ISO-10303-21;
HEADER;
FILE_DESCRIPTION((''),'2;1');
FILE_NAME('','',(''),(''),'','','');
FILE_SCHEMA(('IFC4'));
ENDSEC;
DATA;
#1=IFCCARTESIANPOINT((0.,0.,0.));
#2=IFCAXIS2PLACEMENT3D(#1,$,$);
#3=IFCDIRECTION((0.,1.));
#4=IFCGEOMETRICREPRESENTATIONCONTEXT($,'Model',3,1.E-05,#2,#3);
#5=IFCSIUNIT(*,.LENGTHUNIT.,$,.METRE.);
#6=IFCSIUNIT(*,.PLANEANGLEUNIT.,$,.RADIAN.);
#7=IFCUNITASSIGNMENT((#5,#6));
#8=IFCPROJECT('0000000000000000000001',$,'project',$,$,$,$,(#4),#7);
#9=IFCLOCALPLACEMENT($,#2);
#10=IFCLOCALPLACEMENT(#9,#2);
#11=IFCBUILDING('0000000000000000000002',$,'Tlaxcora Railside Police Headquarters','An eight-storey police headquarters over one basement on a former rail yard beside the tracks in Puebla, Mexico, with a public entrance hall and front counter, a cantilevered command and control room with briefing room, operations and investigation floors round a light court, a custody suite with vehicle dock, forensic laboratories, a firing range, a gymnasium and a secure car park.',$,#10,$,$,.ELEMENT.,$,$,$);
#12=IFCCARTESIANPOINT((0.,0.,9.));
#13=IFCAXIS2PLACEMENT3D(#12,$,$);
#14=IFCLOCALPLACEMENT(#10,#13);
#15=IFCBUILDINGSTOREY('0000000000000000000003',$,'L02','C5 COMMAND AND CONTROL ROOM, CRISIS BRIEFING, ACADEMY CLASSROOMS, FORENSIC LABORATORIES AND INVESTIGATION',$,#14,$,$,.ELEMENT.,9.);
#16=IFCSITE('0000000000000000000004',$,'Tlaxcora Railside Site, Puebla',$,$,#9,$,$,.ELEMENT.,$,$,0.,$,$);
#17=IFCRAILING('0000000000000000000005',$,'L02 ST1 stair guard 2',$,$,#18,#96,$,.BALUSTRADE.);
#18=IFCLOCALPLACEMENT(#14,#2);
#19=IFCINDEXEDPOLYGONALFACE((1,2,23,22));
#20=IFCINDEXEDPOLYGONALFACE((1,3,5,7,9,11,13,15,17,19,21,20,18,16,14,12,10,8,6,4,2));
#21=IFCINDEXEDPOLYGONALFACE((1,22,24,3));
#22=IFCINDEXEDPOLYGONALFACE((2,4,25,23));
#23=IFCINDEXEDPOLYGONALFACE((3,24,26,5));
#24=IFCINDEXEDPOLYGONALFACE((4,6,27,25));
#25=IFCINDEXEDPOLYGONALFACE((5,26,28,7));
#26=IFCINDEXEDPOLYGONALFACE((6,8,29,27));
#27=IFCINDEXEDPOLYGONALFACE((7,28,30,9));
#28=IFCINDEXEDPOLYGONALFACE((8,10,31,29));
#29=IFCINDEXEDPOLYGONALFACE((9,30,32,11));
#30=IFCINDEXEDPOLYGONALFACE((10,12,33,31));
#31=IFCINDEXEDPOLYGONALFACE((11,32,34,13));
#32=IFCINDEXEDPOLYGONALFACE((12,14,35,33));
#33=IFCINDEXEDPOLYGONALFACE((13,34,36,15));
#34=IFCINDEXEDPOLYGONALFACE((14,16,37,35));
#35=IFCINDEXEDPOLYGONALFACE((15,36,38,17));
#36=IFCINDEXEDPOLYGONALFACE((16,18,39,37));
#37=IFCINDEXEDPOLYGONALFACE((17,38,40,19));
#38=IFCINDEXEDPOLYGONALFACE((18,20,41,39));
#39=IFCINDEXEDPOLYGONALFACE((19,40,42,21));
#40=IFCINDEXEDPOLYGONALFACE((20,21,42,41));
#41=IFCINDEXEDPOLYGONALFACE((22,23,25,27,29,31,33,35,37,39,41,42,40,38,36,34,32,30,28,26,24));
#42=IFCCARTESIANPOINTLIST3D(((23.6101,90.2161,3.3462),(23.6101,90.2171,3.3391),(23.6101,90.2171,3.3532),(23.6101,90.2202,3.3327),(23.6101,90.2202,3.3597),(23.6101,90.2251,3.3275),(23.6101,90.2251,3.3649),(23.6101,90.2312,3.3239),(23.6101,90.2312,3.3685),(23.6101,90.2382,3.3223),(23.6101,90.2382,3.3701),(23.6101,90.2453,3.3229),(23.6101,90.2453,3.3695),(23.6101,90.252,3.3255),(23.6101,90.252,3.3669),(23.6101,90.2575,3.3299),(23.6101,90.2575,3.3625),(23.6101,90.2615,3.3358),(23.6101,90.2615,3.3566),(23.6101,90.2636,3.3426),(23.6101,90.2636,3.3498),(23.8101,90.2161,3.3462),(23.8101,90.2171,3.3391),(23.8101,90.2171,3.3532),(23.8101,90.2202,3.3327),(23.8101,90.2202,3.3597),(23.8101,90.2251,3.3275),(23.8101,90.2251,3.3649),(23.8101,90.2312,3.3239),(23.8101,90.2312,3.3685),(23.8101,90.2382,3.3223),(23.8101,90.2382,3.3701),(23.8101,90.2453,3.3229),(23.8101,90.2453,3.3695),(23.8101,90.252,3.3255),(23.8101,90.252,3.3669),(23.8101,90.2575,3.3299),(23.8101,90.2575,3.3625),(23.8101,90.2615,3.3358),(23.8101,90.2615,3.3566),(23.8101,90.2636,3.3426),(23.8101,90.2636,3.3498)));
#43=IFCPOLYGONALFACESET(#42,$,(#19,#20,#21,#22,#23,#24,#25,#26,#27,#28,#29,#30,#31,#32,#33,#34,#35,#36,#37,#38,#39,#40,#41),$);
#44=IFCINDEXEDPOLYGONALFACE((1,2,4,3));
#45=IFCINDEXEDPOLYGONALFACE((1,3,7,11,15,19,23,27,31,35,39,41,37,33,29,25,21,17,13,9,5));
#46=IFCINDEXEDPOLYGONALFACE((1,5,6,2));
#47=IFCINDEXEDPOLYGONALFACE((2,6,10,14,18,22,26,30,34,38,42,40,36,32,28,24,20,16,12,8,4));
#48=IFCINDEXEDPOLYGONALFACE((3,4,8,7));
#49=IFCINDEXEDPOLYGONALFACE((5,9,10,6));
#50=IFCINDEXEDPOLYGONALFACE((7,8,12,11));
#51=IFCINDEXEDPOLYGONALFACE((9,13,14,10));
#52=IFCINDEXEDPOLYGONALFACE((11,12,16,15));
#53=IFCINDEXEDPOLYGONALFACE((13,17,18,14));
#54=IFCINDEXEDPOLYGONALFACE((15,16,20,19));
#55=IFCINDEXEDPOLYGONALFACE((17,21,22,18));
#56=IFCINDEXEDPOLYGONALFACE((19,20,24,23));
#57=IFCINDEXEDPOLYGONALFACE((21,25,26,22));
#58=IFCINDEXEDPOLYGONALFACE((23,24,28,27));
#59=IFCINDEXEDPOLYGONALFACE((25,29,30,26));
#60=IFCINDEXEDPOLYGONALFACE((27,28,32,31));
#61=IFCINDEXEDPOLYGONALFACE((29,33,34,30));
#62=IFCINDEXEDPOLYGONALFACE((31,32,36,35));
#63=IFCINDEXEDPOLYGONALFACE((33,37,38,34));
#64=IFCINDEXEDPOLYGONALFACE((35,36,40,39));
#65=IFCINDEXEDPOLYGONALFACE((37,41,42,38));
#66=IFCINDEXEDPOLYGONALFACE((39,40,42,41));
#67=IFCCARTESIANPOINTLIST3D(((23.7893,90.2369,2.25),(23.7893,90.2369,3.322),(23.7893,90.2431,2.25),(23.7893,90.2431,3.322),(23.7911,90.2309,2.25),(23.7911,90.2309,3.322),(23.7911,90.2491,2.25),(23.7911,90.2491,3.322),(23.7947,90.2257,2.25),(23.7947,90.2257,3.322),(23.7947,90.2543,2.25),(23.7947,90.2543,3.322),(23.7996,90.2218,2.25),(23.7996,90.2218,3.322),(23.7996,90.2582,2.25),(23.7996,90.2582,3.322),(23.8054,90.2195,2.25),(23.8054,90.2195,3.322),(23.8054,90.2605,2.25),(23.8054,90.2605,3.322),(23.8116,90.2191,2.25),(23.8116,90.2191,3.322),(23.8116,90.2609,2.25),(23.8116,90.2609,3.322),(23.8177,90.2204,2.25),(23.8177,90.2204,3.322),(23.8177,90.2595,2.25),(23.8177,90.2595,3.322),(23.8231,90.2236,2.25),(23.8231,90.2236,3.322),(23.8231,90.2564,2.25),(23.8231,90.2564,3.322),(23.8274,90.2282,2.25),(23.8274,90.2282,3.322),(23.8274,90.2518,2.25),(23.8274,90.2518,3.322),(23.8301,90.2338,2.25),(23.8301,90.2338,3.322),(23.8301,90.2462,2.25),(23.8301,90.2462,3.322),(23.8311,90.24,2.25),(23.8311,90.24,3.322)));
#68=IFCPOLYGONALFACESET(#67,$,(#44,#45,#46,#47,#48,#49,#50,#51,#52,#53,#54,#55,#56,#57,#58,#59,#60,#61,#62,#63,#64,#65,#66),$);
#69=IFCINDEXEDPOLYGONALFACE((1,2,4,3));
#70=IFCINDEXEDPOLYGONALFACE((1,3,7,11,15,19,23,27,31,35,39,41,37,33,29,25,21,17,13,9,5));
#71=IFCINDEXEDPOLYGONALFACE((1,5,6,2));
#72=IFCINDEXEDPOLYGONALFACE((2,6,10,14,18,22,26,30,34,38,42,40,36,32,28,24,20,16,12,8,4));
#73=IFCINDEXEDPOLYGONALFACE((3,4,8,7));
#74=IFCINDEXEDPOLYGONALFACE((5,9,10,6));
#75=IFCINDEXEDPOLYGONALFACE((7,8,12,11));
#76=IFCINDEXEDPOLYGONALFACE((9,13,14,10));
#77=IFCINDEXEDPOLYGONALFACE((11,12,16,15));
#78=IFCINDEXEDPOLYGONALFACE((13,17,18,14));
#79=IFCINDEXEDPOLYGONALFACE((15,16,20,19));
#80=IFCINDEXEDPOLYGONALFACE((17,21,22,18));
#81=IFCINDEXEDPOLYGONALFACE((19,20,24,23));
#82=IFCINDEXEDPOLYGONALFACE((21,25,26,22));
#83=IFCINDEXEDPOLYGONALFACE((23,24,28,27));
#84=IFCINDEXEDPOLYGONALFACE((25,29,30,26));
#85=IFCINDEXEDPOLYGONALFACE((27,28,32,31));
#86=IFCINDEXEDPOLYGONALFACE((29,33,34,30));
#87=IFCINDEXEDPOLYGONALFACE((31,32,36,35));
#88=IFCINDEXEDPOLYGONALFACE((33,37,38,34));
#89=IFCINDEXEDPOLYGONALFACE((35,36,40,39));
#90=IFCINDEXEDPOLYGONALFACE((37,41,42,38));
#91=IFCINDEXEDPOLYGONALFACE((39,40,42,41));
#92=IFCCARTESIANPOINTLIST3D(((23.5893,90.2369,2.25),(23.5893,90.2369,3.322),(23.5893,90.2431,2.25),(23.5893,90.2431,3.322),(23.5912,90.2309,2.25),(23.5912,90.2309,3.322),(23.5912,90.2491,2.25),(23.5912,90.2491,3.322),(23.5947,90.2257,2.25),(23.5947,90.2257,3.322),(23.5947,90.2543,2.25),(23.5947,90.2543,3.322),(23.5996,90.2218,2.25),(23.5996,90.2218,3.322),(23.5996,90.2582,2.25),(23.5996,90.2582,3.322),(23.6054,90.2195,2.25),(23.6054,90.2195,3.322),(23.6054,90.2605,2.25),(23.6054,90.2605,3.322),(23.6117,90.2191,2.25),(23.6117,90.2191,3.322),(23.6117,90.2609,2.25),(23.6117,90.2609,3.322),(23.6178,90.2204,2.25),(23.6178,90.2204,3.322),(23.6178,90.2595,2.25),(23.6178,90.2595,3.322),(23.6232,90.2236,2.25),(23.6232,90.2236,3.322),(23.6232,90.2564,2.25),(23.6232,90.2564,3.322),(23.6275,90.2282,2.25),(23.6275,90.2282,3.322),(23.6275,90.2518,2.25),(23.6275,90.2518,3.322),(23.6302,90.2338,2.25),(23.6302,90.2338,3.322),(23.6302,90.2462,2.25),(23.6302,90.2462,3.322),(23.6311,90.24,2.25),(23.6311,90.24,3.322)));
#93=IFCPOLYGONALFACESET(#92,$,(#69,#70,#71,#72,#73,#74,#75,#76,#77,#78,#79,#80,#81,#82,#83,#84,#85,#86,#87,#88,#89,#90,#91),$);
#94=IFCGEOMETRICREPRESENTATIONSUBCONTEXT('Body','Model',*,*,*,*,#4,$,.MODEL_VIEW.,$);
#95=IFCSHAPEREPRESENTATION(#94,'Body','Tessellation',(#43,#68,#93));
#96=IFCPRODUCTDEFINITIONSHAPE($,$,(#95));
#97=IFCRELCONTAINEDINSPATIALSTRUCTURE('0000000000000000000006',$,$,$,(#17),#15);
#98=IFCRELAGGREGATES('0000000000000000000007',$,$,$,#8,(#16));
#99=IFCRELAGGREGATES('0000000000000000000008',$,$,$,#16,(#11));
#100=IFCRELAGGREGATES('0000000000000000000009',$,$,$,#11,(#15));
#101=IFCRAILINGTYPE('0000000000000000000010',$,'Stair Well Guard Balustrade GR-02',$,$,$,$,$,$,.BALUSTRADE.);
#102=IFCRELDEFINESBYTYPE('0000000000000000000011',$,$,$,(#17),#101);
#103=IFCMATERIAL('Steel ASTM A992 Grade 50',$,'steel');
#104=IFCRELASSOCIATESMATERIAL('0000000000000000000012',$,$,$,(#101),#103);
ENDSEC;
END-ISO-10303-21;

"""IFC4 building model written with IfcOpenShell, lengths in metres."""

from ifc_helpers import new_model, si_unit, direction, frame, origin, origin_2d, place, context, subcontext, project, spatial, circle, extrude, material, type_object, element, save


model = new_model("IFC4")

# Units and contexts
model_context = context("Model", 3, precision=1e-05, world=origin(), true_north=direction((0.0, 1.0)))
body_context = subcontext(model_context, "Body", "Model", "MODEL_VIEW")
ifc_project = project(units=[si_unit("LENGTHUNIT", "METRE"), si_unit("PLANEANGLEUNIT", "RADIAN")], contexts=[model_context])

# Site, building, storey
site_placement = place(None, origin())
site = spatial("IfcSite", under=ifc_project, at=site_placement, Name="Tlaxcora Railside Site, Puebla", CompositionType="ELEMENT", RefElevation=0.0)
building_placement = place(site_placement, origin())
building = spatial("IfcBuilding", under=site, at=building_placement, Name="Tlaxcora Railside Police Headquarters", Description="An eight-storey police headquarters over one basement on a former rail yard beside the tracks in Puebla, Mexico, with a public entrance hall and front counter, a cantilevered command and control room with briefing room, operations and investigation floors round a light court, a custody suite with vehicle dock, forensic laboratories, a firing range, a gymnasium and a secure car park.", CompositionType="ELEMENT")
storey_placement = place(building_placement, frame((0.0, 0.0, 9.0)))
storey = spatial("IfcBuildingStorey", under=building, at=storey_placement, Name="L02", Description="C5 COMMAND AND CONTROL ROOM, CRISIS BRIEFING, ACADEMY CLASSROOMS, FORENSIC LABORATORIES AND INVESTIGATION", CompositionType="ELEMENT", Elevation=9.0)

# Shared definitions
ifc_material_1 = material(Name="Steel ASTM A992 Grade 50", Category="steel")

# Railing
railing_type_1 = type_object("IfcRailingType", Name="Stair Well Guard Balustrade GR-02", PredefinedType="BALUSTRADE", material=ifc_material_1)
railing_1_placement = place(storey_placement, frame((23.8101, 90.24, 2.25)))
element("IfcRailing", 1, at=railing_1_placement, inside=storey, type_object=railing_type_1, Name="L02 ST1 stair guard 2", PredefinedType="BALUSTRADE", context=body_context, shape_type="SweptSolid", body=[
    extrude(circle(Radius=0.0239, at=origin_2d()), frame((0.0, 0.0, 1.0962), z_axis=(-1.0, 0.0, 0.0), x_axis=(0.0, -1.0, 0.0)), (0.0, 0.0, 1.0), 0.2),
    extrude(circle(Radius=0.021, at=origin_2d()), origin(), (0.0, 0.0, 1.0), 1.072),
    extrude(circle(Radius=0.021, at=origin_2d()), frame((-0.2, 0.0, 0.0)), (0.0, 0.0, 1.0), 1.072),
])

save(model, "model.ifc")
